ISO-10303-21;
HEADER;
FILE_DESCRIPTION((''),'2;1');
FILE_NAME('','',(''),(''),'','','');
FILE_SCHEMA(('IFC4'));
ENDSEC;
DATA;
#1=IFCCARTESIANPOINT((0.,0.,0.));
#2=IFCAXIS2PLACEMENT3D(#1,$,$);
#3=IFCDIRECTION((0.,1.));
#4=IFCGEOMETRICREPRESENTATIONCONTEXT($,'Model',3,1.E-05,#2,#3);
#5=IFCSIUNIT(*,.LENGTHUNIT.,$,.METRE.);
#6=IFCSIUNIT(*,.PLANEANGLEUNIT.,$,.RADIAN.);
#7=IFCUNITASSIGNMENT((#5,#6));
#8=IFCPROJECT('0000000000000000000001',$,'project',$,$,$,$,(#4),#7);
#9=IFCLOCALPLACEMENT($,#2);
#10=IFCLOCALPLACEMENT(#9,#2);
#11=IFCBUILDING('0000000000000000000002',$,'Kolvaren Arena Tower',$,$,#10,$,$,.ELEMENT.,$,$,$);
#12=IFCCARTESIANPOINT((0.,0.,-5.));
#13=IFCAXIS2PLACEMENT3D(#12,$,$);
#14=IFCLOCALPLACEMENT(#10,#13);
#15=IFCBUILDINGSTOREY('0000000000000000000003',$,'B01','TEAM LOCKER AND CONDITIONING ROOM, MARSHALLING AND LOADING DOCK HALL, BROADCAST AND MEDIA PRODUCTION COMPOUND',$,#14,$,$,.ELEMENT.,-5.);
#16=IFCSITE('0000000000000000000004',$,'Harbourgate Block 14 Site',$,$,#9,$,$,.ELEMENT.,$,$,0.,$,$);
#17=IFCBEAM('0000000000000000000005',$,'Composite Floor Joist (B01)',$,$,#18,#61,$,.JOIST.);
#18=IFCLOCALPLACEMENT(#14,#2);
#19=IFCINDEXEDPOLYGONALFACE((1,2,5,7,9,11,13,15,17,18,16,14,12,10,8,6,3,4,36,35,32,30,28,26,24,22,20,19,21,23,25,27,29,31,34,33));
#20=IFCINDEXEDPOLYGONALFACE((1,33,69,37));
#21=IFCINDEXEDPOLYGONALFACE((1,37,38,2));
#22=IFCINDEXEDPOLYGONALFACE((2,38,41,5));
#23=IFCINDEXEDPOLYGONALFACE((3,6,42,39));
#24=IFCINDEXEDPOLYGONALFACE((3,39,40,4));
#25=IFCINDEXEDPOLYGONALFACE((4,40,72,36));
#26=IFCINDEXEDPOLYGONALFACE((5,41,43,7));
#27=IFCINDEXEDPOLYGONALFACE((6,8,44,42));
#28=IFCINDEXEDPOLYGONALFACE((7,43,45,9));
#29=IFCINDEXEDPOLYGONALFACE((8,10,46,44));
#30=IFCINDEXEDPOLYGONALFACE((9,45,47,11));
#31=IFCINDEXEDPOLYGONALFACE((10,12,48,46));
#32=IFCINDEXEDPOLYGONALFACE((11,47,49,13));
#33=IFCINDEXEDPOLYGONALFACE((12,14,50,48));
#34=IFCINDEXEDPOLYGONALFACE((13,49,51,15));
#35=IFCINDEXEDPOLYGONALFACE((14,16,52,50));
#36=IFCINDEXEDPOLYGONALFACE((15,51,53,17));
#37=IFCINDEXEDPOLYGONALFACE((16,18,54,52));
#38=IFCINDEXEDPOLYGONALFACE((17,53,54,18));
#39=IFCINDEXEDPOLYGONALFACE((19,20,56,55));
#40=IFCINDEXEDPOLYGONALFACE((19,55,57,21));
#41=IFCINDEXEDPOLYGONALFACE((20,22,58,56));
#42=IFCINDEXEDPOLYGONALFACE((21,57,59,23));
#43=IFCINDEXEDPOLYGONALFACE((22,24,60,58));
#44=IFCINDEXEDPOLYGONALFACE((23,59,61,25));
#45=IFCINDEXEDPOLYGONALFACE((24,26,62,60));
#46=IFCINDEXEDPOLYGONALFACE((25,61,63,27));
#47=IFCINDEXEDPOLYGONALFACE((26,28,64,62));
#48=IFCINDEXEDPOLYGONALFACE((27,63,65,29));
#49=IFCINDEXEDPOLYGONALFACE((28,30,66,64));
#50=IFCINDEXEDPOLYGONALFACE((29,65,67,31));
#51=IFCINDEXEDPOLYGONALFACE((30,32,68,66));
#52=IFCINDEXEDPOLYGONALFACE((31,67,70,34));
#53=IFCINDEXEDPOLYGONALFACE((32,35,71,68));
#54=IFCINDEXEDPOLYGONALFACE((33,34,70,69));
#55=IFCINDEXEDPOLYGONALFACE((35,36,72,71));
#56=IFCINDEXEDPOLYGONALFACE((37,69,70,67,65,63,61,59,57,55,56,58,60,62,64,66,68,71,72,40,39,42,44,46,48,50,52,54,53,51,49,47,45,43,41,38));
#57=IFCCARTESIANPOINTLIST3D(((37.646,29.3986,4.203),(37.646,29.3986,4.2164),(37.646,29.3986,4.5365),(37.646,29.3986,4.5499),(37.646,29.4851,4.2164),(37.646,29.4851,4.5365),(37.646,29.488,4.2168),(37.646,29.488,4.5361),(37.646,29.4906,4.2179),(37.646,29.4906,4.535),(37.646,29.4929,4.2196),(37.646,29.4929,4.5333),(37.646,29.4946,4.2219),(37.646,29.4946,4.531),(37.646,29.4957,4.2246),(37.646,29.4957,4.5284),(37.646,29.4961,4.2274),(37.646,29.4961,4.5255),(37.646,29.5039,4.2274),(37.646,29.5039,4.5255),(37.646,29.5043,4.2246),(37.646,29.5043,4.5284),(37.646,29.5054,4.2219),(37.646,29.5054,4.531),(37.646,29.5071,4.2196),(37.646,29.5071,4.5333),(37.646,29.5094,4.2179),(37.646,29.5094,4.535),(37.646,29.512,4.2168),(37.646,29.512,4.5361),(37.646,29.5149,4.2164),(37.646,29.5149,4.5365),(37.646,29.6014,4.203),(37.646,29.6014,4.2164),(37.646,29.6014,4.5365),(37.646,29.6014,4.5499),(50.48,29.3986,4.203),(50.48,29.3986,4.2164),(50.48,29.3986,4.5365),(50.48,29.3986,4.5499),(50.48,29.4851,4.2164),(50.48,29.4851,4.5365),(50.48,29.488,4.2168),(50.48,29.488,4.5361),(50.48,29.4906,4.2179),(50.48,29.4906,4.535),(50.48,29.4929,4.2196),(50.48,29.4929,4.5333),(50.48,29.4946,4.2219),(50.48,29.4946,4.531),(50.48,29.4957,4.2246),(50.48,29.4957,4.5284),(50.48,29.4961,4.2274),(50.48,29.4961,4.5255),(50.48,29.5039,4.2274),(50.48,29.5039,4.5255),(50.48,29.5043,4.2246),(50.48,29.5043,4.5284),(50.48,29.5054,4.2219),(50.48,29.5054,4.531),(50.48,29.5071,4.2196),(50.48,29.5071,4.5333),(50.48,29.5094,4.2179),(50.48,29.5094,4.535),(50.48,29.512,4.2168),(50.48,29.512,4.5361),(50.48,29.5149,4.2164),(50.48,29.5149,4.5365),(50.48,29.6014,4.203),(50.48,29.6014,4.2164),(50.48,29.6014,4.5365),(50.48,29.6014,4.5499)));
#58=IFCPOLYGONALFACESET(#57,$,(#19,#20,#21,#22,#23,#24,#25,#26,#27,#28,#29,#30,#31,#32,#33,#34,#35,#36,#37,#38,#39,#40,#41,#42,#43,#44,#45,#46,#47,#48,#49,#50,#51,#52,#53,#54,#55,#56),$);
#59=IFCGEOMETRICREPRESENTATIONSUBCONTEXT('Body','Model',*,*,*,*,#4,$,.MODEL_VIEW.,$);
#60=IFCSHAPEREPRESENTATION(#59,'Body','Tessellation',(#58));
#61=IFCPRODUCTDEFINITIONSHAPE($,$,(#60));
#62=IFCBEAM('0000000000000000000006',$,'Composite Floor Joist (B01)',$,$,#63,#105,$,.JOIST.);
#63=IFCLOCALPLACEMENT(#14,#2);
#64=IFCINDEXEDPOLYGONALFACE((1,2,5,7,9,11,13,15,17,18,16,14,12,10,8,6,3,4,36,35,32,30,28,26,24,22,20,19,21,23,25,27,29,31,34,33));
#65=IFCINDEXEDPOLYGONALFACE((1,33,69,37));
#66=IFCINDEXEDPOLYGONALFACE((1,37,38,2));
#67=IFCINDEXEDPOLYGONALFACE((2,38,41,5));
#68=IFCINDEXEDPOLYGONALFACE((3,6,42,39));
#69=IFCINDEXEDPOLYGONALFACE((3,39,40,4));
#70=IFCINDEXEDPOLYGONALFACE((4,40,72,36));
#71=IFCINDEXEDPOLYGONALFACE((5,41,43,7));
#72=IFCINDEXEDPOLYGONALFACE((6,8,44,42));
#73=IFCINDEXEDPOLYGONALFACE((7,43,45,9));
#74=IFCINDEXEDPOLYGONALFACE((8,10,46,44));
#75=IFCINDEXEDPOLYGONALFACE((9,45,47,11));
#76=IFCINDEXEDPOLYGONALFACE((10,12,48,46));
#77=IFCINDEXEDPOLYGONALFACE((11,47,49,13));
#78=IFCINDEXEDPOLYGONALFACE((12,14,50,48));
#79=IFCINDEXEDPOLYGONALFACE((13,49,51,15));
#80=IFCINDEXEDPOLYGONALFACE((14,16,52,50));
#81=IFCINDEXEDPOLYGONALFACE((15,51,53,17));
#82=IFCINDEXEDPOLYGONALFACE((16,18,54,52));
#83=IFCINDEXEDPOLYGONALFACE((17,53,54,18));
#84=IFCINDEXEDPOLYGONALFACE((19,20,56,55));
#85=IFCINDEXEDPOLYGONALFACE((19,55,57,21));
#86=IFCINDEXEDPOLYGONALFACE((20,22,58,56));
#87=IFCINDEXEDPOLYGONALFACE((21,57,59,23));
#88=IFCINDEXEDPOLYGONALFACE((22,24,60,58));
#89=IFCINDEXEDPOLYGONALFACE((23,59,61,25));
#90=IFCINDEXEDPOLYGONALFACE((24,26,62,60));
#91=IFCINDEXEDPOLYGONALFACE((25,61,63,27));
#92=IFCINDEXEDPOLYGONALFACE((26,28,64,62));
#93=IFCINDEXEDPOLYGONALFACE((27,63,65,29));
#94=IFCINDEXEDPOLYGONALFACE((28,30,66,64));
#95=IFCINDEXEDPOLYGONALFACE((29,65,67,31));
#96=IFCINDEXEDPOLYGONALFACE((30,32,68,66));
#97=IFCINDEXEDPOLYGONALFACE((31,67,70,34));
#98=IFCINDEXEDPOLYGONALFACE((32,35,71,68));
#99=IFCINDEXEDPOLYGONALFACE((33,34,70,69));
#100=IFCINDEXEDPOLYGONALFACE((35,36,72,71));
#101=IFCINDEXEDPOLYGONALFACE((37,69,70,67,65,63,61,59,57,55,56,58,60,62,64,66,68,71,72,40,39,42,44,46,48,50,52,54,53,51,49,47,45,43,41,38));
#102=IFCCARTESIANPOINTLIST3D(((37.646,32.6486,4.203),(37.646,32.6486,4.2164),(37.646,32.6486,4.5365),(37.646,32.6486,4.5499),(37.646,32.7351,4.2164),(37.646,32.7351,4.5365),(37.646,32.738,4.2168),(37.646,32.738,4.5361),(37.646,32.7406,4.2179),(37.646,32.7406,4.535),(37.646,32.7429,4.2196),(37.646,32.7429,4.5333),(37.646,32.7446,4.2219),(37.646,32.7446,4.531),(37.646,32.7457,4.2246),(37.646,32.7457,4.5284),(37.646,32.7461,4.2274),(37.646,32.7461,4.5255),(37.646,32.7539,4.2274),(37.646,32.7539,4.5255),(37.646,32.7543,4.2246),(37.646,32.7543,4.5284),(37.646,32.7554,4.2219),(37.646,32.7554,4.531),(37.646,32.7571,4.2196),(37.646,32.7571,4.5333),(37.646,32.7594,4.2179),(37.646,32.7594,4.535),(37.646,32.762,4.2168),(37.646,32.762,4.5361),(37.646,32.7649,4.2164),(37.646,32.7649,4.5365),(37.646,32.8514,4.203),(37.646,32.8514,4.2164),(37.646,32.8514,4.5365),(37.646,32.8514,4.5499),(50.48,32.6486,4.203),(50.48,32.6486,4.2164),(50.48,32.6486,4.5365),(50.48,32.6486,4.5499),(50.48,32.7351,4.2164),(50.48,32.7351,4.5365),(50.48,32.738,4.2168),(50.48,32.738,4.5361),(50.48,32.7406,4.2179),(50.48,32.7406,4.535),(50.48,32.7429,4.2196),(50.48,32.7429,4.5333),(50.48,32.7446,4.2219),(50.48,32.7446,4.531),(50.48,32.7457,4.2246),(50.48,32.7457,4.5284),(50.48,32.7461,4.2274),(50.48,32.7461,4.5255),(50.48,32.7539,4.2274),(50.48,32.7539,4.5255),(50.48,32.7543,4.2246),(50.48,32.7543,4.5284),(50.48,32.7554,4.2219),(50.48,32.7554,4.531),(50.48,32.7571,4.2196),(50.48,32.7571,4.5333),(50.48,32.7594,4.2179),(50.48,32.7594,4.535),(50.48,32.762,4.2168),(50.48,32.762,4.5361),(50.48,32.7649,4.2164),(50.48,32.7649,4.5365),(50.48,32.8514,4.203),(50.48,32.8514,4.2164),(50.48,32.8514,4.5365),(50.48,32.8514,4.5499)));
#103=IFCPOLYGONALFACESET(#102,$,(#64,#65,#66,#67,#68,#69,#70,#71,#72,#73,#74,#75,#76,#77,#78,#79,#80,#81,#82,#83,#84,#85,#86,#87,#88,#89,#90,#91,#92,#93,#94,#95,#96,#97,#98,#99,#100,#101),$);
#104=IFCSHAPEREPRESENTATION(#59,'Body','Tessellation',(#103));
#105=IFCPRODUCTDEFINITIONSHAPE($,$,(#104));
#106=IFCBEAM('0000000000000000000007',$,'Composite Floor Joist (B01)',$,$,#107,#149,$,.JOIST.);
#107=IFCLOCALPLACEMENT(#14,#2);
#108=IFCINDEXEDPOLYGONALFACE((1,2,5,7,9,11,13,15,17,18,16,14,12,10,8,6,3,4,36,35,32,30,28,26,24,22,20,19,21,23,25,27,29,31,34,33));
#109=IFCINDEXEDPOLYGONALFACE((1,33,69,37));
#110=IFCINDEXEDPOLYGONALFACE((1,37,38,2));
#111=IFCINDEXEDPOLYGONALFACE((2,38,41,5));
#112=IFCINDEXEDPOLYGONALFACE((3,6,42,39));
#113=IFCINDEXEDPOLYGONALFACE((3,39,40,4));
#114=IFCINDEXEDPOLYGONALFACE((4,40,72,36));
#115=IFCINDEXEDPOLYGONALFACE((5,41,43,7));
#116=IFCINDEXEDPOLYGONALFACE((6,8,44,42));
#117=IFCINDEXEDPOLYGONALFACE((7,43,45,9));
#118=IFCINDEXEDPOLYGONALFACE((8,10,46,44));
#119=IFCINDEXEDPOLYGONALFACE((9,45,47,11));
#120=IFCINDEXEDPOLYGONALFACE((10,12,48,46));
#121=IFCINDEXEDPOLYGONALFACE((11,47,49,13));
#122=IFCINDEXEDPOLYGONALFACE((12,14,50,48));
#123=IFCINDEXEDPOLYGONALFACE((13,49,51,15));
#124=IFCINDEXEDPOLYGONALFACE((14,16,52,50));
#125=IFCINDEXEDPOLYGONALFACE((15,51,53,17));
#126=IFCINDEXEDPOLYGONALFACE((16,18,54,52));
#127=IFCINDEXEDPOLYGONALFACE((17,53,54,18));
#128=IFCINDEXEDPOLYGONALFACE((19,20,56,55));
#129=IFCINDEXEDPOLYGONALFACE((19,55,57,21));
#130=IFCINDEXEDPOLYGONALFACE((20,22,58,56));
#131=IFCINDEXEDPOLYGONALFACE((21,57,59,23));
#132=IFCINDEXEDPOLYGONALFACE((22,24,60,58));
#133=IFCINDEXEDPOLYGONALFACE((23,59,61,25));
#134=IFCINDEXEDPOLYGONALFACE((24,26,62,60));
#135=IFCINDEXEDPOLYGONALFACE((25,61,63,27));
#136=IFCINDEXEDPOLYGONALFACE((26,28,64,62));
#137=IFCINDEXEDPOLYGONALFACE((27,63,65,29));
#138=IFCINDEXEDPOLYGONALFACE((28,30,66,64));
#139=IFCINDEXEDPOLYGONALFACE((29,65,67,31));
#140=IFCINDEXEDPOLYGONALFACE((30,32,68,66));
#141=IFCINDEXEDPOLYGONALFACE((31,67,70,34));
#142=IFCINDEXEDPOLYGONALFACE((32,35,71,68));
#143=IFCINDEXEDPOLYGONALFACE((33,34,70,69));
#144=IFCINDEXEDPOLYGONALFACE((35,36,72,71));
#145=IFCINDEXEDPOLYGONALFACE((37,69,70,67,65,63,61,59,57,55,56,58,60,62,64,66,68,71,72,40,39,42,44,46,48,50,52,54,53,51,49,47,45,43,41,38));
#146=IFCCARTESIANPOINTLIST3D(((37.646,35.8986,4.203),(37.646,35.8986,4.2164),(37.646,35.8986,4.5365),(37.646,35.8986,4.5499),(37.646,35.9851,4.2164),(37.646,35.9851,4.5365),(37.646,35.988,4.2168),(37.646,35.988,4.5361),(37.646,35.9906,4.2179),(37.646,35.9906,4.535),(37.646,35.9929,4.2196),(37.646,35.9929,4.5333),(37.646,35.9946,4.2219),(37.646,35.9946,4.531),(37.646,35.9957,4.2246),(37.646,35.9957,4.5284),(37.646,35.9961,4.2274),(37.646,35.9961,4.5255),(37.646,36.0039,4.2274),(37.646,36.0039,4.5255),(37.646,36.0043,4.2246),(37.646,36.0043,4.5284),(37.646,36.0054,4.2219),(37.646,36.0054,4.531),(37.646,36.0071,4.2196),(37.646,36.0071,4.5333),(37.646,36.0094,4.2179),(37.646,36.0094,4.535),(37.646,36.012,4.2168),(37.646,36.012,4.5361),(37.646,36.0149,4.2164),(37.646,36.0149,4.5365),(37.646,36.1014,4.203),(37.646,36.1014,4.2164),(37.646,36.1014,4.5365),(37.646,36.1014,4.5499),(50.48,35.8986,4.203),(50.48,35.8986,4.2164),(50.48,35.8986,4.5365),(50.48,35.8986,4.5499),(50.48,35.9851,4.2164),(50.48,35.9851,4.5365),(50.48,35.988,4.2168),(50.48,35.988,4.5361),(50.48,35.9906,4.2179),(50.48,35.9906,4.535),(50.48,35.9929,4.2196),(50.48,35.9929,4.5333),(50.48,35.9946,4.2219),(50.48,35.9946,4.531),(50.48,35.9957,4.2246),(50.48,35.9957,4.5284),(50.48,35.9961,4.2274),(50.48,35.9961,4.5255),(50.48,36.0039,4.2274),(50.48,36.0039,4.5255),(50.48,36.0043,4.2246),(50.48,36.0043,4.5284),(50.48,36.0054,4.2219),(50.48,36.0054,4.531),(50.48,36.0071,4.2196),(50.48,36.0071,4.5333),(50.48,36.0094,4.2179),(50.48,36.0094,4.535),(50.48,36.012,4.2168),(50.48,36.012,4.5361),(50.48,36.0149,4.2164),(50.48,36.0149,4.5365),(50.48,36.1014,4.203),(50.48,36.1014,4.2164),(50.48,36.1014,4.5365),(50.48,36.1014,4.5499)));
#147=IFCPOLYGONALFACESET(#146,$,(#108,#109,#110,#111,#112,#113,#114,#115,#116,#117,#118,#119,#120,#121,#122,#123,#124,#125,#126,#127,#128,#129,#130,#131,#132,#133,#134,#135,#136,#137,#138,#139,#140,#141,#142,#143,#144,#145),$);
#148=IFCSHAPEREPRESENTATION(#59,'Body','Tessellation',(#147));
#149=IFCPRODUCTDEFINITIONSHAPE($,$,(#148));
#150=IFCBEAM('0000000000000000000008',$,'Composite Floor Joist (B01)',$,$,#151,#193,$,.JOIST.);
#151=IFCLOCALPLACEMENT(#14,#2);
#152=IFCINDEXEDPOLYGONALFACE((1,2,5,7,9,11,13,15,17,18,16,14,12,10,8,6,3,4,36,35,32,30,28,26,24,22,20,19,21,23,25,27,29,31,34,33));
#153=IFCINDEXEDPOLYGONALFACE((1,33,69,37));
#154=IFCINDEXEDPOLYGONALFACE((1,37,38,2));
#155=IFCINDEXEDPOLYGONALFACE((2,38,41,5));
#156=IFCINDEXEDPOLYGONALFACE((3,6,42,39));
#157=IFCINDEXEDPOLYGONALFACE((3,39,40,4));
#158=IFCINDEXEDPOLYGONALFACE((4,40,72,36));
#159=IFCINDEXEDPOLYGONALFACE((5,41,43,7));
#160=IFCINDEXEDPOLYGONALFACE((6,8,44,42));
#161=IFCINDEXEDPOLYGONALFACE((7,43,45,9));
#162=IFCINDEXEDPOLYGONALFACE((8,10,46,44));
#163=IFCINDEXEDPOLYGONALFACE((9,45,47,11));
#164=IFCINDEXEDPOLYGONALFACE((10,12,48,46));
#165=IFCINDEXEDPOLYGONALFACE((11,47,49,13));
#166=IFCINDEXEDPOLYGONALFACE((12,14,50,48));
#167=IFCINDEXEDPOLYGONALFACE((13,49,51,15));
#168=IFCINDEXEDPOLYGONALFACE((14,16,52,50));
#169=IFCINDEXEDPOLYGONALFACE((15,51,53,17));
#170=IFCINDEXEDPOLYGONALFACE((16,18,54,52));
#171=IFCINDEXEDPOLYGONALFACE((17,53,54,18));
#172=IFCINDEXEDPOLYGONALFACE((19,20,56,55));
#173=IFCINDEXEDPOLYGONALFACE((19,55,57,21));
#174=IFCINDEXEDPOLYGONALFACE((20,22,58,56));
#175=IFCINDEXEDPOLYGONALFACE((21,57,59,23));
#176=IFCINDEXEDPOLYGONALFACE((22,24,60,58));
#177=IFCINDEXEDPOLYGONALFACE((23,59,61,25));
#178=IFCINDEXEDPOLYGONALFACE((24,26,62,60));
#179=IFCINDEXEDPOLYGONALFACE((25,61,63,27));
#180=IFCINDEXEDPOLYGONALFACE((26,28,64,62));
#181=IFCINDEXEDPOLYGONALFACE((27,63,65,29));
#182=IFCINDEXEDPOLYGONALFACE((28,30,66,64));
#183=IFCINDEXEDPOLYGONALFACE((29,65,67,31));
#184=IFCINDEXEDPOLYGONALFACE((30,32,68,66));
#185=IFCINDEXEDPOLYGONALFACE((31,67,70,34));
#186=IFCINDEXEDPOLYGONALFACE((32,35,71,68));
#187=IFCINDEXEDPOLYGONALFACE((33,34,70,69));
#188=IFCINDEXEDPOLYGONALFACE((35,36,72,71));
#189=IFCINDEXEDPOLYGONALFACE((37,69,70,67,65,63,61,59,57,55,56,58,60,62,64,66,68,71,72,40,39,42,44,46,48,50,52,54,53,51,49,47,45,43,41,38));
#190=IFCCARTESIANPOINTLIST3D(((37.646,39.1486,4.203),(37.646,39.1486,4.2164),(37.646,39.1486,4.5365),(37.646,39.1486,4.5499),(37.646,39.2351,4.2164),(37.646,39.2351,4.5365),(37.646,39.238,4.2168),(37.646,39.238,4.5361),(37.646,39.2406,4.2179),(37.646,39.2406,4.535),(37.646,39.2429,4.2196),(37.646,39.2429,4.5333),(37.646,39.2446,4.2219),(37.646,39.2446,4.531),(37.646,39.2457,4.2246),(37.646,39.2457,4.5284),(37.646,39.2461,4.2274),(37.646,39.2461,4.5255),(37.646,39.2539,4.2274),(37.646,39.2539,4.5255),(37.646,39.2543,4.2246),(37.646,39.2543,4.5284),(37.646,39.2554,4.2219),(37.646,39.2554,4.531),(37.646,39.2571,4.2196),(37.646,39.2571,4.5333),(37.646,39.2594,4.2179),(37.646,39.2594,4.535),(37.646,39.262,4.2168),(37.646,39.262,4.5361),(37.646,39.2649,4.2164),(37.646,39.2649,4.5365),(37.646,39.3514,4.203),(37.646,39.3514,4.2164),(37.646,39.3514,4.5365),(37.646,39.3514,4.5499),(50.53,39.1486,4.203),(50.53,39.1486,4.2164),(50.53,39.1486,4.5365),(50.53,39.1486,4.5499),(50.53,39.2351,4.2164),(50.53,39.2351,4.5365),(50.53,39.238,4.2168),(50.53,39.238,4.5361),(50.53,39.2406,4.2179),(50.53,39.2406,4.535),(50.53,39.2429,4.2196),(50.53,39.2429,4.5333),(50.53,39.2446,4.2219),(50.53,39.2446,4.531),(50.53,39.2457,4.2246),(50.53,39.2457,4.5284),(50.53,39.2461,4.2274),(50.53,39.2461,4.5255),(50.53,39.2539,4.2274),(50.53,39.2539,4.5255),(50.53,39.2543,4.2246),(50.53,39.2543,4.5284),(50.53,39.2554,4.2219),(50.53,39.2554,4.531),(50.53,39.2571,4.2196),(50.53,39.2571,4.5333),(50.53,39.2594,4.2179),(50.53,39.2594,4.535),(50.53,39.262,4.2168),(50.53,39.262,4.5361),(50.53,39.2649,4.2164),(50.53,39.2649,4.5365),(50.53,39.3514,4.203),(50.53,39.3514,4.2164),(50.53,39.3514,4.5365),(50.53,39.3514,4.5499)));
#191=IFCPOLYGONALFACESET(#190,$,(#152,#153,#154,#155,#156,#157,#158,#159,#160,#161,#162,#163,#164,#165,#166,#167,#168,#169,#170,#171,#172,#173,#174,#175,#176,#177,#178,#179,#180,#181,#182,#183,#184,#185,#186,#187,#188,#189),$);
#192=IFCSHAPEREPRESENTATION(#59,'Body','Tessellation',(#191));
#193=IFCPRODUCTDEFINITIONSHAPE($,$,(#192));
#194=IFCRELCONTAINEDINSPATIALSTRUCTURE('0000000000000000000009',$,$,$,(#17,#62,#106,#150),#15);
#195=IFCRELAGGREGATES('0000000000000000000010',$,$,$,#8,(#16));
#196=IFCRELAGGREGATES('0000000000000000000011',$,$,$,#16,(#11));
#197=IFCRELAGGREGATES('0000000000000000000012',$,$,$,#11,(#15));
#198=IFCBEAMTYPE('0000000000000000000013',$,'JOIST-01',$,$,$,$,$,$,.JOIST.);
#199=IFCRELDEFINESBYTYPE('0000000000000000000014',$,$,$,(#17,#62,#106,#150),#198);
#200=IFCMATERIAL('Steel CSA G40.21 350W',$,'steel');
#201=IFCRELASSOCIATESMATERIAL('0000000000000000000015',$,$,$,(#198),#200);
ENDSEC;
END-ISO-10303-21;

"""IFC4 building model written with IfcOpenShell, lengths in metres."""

from ifc_helpers import new_model, si_unit, direction, frame, origin, origin_2d, place, context, subcontext, project, spatial, i_section, extrude, material, material_profile, profile_set, type_object, element, save


model = new_model("IFC4")

# Units and contexts
model_context = context("Model", 3, precision=1e-05, world=origin(), true_north=direction((0.0, 1.0)))
body_context = subcontext(model_context, "Body", "Model", "MODEL_VIEW")
ifc_project = project(units=[si_unit("LENGTHUNIT", "METRE"), si_unit("PLANEANGLEUNIT", "RADIAN")], contexts=[model_context])

# Site, building, storey
site_placement = place(None, origin())
site = spatial("IfcSite", under=ifc_project, at=site_placement, Name="Harbourgate Block 14 Site", CompositionType="ELEMENT", RefElevation=0.0)
building_placement = place(site_placement, origin())
building = spatial("IfcBuilding", under=site, at=building_placement, Name="Kolvaren Arena Tower", CompositionType="ELEMENT")
storey_placement = place(building_placement, frame((0.0, 0.0, -5.0)))
storey = spatial("IfcBuildingStorey", under=building, at=storey_placement, Name="B01", Description="TEAM LOCKER AND CONDITIONING ROOM, MARSHALLING AND LOADING DOCK HALL, BROADCAST AND MEDIA PRODUCTION COMPOUND", CompositionType="ELEMENT", Elevation=-5.0)

# Beams
ifc_material_1 = material(Name="Steel CSA G40.21 350W", Category="steel")
ifc_material_profile_1 = material_profile(ifc_material_1, i_section(OverallWidth=0.2029, OverallDepth=0.3469, WebThickness=0.0078, FlangeThickness=0.0134, FilletRadius=0.011, at=origin_2d()), Name="W360x64")
ifc_profile_set_1 = profile_set([ifc_material_profile_1], Name="Steel CSA G40.21 350W")
beam_type_1 = type_object("IfcBeamType", Name="JOIST-01", PredefinedType="JOIST", material=ifc_profile_set_1)
for number, where, z_axis, x_axis, name in (
    (1, (37.646, 29.5, 4.3765), (1.0, 0.0, 0.0), (0.0, 1.0, 0.0), "Composite Floor Joist (B01)"),
    (2, (37.646, 32.75, 4.3765), (1.0, 0.0, 0.0), (0.0, 1.0, 0.0), "Composite Floor Joist (B01)"),
    (3, (37.646, 36.0, 4.3765), (1.0, 0.0, 0.0), (0.0, 1.0, 0.0), "Composite Floor Joist (B01)"),
):
    element("IfcBeam", number, at=place(storey_placement, frame(where, z_axis=z_axis, x_axis=x_axis)), inside=storey, type_object=beam_type_1, Name=name, PredefinedType="JOIST", context=body_context, shape_type="SweptSolid", body=[
        extrude(i_section(OverallWidth=0.2029, OverallDepth=0.3469, WebThickness=0.0078, FlangeThickness=0.0134, FilletRadius=0.011, at=origin_2d()), origin(), (0.0, 0.0, 1.0), 12.834),
    ])
beam_1_placement = place(storey_placement, frame((37.646, 39.25, 4.3765), z_axis=(1.0, 0.0, 0.0), x_axis=(0.0, 1.0, 0.0)))
element("IfcBeam", 4, at=beam_1_placement, inside=storey, type_object=beam_type_1, Name="Composite Floor Joist (B01)", PredefinedType="JOIST", context=body_context, shape_type="SweptSolid", body=[
    extrude(i_section(OverallWidth=0.2029, OverallDepth=0.3469, WebThickness=0.0078, FlangeThickness=0.0134, FilletRadius=0.011, at=origin_2d()), origin(), (0.0, 0.0, 1.0), 12.884),
])

save(model, "model.ifc")
